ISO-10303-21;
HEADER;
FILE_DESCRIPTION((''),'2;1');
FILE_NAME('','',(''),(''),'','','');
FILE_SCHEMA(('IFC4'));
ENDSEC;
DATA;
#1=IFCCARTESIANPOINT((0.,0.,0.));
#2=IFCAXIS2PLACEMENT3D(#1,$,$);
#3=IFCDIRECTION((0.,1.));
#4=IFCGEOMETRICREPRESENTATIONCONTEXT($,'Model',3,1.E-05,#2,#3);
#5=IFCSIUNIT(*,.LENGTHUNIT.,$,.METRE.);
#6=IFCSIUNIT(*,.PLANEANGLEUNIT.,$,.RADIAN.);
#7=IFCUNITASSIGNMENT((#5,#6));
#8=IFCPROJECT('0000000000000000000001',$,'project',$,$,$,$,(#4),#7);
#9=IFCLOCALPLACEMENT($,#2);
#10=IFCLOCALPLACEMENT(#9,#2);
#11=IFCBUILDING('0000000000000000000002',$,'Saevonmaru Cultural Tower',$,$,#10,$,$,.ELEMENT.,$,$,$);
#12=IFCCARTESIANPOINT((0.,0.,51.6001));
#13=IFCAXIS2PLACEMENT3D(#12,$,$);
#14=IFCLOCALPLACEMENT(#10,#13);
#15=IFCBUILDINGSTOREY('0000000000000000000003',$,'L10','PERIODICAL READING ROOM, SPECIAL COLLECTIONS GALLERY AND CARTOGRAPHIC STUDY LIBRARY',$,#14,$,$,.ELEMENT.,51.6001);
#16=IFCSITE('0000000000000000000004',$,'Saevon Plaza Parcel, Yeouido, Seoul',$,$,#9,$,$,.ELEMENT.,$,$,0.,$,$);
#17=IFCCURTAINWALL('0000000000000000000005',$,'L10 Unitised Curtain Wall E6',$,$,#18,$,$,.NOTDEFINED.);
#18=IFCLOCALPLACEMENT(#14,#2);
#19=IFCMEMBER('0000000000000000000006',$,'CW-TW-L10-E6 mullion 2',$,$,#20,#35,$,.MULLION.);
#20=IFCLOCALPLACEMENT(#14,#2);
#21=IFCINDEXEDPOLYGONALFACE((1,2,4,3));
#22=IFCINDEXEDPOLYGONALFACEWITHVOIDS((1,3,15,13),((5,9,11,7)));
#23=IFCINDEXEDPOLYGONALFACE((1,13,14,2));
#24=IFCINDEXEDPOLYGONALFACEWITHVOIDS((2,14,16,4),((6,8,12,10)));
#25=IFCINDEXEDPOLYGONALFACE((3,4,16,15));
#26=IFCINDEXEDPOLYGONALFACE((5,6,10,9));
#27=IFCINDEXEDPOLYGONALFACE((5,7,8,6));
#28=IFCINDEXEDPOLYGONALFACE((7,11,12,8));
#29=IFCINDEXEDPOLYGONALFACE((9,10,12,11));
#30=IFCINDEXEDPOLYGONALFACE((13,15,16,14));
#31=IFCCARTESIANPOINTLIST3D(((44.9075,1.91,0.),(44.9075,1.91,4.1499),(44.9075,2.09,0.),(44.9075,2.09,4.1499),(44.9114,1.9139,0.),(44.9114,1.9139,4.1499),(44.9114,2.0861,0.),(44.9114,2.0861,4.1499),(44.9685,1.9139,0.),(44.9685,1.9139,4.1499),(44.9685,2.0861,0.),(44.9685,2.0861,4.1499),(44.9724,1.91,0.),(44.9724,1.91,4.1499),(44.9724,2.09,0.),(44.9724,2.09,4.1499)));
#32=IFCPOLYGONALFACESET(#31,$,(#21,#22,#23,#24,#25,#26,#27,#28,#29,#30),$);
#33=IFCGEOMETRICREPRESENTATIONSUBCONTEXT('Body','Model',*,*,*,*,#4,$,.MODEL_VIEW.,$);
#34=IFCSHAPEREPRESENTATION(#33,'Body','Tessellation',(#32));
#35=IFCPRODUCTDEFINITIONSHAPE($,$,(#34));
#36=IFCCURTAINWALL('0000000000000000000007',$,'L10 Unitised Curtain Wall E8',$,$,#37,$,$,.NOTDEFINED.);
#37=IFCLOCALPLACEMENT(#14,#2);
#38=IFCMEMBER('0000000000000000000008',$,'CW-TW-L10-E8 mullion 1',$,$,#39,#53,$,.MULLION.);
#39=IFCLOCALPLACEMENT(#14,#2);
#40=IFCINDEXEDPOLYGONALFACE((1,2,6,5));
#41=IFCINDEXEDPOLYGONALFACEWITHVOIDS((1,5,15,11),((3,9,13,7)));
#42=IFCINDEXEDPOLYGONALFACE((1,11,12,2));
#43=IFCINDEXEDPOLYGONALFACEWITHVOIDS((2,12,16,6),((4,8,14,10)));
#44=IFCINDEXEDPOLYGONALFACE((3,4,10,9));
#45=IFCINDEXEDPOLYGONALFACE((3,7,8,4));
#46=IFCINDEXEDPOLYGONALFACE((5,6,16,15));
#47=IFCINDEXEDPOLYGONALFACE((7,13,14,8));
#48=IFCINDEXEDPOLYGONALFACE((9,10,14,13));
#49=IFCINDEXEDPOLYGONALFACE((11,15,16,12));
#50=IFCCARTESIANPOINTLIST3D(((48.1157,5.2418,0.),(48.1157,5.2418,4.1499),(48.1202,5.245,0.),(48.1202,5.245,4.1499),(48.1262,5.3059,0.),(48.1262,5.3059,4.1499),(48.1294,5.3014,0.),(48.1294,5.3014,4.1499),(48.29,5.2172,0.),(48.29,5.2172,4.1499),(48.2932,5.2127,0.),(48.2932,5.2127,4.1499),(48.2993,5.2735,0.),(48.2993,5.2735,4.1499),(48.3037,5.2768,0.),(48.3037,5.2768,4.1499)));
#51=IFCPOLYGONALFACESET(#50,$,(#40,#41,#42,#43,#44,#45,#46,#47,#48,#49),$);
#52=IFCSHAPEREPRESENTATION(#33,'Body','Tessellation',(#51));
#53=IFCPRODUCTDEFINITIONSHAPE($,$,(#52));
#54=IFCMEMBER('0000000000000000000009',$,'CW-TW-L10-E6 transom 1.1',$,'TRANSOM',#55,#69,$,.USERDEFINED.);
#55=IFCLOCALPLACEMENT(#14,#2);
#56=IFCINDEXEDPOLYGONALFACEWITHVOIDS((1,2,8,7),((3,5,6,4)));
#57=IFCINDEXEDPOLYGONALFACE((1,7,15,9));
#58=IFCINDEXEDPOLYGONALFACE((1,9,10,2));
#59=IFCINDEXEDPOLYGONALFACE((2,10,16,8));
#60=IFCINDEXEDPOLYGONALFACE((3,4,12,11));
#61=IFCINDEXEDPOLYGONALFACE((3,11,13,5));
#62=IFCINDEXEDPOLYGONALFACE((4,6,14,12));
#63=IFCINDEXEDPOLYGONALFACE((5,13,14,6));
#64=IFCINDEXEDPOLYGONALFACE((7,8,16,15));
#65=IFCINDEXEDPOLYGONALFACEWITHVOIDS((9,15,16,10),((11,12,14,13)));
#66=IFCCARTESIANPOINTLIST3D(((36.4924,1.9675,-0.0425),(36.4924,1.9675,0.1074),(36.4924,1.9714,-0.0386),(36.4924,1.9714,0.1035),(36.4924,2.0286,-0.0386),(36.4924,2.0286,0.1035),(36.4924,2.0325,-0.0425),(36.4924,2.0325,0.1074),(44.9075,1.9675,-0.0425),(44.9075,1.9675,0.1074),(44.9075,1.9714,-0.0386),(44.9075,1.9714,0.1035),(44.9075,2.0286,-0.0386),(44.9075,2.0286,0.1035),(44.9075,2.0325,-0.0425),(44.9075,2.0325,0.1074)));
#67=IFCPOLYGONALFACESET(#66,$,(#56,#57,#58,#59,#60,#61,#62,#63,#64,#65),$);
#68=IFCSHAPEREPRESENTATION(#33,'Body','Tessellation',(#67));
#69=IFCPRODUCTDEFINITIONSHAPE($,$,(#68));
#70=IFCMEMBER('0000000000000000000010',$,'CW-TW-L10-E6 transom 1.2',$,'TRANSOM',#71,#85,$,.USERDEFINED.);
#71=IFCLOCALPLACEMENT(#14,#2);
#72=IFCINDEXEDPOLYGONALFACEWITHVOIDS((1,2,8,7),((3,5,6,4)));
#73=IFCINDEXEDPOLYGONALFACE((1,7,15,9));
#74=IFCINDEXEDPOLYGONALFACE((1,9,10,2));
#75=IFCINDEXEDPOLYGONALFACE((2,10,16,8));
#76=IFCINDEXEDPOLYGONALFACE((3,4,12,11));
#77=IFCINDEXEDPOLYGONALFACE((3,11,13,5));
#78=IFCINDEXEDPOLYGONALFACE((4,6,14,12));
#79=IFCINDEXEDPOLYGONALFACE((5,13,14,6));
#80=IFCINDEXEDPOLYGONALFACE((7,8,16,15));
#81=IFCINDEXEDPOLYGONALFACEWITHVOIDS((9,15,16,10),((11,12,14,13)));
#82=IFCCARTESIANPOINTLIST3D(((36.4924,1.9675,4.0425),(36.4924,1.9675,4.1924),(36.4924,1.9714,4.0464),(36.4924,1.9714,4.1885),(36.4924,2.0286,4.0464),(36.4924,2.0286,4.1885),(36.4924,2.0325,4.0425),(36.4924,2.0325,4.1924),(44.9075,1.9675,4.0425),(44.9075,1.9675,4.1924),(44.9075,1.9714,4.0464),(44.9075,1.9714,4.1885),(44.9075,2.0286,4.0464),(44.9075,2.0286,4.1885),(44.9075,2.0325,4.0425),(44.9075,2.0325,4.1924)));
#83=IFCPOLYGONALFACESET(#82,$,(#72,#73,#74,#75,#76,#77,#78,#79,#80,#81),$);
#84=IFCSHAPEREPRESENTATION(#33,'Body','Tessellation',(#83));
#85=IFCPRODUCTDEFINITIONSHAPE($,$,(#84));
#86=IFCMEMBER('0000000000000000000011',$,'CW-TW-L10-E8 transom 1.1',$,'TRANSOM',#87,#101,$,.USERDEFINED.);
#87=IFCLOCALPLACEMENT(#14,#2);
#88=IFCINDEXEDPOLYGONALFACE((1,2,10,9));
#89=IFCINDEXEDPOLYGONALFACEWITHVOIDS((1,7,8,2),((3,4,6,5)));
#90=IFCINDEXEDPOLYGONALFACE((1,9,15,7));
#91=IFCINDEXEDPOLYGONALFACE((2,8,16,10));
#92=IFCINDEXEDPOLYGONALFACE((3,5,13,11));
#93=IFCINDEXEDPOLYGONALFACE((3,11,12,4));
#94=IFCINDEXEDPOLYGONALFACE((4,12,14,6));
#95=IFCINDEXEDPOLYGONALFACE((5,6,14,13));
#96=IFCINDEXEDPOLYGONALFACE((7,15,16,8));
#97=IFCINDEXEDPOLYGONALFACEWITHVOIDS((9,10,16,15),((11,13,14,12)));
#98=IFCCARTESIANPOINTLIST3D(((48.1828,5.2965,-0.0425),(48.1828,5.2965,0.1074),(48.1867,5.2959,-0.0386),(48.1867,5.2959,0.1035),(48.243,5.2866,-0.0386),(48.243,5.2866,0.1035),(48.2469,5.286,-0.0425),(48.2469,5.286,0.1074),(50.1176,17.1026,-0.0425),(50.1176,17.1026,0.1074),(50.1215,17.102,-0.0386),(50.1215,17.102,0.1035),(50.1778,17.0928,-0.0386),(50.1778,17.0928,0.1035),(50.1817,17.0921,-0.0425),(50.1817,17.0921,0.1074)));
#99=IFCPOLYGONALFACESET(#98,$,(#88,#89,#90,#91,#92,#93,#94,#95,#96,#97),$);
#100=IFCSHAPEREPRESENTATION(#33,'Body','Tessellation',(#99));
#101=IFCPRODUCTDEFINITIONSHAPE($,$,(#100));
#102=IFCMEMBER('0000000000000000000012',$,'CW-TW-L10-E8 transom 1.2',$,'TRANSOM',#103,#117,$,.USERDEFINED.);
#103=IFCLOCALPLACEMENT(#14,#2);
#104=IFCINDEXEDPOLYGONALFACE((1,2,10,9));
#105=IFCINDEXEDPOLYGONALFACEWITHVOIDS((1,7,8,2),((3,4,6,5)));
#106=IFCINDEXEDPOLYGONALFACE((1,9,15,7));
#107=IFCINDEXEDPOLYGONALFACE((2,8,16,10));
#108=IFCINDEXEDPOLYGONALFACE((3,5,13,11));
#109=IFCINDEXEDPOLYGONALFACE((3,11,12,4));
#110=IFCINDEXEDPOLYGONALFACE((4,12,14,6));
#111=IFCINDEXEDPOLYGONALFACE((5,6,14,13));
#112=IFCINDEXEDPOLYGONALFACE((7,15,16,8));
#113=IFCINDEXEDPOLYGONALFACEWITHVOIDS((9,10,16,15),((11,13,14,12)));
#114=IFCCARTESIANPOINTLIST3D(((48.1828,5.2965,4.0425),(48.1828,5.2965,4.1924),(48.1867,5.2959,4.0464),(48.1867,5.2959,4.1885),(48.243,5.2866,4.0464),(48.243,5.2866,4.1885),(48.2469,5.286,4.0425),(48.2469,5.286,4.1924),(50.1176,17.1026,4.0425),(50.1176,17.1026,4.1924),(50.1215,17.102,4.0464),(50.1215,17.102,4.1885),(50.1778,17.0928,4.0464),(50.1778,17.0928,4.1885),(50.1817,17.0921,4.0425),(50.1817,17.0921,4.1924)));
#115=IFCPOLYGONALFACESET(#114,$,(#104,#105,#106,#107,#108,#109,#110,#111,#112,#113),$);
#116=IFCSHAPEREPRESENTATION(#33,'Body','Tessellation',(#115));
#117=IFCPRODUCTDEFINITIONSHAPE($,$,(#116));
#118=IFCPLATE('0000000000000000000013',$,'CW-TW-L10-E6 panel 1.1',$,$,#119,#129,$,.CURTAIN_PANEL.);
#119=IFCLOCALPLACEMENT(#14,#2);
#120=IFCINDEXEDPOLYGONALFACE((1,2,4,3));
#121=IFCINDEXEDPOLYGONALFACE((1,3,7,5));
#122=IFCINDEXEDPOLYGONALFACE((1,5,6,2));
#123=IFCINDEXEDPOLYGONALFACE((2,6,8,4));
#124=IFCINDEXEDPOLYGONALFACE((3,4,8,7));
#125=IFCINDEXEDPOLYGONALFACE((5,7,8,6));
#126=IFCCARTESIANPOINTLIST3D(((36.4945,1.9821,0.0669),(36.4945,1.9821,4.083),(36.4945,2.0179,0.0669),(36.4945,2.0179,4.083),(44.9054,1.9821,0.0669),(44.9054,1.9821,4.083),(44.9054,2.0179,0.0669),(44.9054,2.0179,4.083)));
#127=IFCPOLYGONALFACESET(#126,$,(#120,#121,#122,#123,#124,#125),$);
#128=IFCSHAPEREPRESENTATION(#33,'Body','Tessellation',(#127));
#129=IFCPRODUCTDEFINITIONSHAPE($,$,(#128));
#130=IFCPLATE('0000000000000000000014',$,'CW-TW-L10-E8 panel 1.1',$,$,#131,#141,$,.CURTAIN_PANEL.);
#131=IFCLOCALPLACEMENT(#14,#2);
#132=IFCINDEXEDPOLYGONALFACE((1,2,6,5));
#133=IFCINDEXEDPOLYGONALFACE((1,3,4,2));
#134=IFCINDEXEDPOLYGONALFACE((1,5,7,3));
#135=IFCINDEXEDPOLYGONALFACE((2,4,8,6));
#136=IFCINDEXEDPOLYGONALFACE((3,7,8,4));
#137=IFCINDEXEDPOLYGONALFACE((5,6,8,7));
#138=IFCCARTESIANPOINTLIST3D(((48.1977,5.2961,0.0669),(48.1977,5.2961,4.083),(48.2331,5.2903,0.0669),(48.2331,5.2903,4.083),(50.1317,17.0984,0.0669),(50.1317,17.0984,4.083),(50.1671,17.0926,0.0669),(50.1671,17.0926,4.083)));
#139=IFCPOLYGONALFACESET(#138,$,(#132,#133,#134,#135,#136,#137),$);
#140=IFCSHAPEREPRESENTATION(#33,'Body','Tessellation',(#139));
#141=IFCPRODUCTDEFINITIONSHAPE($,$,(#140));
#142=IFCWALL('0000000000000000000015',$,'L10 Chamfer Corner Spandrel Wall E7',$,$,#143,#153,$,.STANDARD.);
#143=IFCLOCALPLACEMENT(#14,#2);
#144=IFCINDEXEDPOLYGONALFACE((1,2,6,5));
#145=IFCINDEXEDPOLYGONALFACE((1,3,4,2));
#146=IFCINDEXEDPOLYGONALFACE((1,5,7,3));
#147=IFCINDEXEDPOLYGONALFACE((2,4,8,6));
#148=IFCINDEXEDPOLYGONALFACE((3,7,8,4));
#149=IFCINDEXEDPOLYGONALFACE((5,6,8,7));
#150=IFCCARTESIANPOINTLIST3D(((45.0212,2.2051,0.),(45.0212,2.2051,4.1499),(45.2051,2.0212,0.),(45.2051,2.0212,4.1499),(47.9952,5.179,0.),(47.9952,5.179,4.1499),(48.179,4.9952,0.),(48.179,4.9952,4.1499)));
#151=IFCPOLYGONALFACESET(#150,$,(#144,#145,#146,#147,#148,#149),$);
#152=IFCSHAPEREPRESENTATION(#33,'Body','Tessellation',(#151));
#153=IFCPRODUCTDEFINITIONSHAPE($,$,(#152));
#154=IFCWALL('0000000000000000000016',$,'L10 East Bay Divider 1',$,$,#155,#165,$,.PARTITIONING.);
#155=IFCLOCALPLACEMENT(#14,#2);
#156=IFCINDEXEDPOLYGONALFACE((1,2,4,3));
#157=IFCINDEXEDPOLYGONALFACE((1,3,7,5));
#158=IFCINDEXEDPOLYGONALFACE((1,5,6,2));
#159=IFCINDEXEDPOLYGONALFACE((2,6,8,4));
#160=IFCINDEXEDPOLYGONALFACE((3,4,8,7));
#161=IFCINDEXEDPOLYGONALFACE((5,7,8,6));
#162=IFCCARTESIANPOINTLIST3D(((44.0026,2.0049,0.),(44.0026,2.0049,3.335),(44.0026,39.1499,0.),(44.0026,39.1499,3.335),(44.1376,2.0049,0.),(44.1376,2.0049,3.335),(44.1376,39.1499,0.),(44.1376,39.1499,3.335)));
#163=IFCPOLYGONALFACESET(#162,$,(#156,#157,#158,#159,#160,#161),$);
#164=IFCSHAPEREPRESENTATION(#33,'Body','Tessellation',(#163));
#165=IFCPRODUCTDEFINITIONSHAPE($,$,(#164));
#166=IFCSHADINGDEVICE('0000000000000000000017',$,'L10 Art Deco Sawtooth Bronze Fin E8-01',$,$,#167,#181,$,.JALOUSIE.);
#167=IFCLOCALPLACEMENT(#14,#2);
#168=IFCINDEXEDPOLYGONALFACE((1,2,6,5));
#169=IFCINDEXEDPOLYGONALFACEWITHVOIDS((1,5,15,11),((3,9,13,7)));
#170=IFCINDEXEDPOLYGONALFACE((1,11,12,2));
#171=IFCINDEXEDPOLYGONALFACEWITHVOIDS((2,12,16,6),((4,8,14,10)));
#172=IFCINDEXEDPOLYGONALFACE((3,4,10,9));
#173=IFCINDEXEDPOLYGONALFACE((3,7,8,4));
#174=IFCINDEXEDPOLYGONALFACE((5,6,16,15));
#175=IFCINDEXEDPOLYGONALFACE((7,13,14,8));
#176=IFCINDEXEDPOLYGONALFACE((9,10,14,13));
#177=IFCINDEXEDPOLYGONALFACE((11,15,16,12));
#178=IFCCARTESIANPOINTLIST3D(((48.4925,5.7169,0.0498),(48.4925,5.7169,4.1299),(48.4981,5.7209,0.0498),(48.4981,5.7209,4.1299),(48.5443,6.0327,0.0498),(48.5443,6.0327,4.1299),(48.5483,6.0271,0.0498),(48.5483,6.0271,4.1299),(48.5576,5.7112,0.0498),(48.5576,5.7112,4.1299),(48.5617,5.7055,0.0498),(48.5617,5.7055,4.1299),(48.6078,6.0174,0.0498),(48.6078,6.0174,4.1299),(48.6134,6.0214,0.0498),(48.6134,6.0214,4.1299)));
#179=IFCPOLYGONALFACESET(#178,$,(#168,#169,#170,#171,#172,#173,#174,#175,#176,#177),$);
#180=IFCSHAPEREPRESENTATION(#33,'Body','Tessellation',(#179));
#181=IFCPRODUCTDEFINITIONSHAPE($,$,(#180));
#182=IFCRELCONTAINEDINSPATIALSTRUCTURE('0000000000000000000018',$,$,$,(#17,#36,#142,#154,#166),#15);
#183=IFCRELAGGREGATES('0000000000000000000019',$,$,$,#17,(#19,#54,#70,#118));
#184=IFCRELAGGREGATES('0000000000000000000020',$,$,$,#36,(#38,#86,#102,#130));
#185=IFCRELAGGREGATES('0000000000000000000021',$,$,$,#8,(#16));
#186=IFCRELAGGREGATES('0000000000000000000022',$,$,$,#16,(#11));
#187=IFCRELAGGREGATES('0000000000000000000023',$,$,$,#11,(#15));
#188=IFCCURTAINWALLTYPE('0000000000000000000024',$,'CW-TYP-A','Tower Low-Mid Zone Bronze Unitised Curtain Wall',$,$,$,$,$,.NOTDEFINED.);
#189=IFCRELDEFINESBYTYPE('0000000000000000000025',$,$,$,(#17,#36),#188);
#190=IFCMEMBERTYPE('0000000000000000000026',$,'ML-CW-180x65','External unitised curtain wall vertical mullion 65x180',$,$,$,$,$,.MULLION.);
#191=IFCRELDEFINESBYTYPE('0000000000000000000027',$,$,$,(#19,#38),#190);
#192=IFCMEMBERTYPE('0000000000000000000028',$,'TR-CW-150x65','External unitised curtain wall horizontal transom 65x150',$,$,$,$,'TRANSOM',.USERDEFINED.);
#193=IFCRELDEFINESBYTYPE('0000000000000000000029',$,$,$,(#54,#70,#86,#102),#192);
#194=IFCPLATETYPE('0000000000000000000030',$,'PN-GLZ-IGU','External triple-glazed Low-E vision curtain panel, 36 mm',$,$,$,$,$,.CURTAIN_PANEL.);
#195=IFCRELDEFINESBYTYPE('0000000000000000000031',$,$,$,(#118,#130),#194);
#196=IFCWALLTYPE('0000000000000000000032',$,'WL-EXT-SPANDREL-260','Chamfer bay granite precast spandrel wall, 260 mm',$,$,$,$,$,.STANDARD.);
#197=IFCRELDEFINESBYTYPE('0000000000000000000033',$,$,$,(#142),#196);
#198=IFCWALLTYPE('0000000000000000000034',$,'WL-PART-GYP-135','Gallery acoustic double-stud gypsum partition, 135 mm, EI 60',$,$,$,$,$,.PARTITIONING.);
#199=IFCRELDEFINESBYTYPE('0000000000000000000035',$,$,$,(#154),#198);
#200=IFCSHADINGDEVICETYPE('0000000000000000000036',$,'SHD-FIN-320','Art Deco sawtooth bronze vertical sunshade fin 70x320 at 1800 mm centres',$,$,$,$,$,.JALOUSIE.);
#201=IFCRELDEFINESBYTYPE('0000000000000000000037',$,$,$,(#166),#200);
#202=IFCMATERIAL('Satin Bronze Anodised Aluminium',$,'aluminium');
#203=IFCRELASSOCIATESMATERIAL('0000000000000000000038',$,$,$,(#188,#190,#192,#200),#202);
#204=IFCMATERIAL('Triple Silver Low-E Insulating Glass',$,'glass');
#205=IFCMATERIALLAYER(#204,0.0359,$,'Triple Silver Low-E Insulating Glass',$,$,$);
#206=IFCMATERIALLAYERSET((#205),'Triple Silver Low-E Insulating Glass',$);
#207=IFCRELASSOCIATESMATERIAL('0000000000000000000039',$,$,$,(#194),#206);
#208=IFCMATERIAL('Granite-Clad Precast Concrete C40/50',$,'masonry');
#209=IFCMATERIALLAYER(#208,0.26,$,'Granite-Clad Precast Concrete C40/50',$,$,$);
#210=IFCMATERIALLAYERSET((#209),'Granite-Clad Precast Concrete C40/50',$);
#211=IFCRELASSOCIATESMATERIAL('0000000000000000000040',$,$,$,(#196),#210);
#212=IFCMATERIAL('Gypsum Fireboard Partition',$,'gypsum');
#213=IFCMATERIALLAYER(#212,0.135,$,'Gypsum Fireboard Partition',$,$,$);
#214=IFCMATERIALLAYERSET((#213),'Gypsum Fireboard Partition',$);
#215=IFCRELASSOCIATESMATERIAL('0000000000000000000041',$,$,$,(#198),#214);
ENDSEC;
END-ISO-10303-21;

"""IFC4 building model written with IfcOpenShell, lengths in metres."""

from ifc_helpers import new_model, si_unit, direction, frame, frame_2d, origin, origin_2d, place, context, subcontext, project, spatial, rectangle, hollow_rectangle, extrude, material, layer, layer_set, material_profile, profile_set, type_object, element, aggregate, save


model = new_model("IFC4")

# Units and contexts
model_context = context("Model", 3, precision=1e-05, world=origin(), true_north=direction((0.0, 1.0)))
body_context = subcontext(model_context, "Body", "Model", "MODEL_VIEW")
ifc_project = project(units=[si_unit("LENGTHUNIT", "METRE"), si_unit("PLANEANGLEUNIT", "RADIAN")], contexts=[model_context])

# Site, building, storey
site_placement = place(None, origin())
site = spatial("IfcSite", under=ifc_project, at=site_placement, Name="Saevon Plaza Parcel, Yeouido, Seoul", CompositionType="ELEMENT", RefElevation=0.0)
building_placement = place(site_placement, origin())
building = spatial("IfcBuilding", under=site, at=building_placement, Name="Saevonmaru Cultural Tower", CompositionType="ELEMENT")
storey_placement = place(building_placement, frame((0.0, 0.0, 51.6001)))
storey = spatial("IfcBuildingStorey", under=building, at=storey_placement, Name="L10", Description="PERIODICAL READING ROOM, SPECIAL COLLECTIONS GALLERY AND CARTOGRAPHIC STUDY LIBRARY", CompositionType="ELEMENT", Elevation=51.6001)

# Curtain walls, members
ifc_material_1 = material(Name="Satin Bronze Anodised Aluminium", Category="aluminium")
curtain_wall_type = type_object("IfcCurtainWallType", Name="CW-TYP-A", Description="Tower Low-Mid Zone Bronze Unitised Curtain Wall", PredefinedType="NOTDEFINED", material=ifc_material_1)
curtain_wall_1_placement = place(storey_placement, origin())
curtain_wall_1 = element("IfcCurtainWall", 1, at=curtain_wall_1_placement, inside=storey, type_object=curtain_wall_type, Name="L10 Unitised Curtain Wall E6", PredefinedType="NOTDEFINED")
ifc_material_profile_1 = material_profile(ifc_material_1, hollow_rectangle(XDim=0.0649, YDim=0.1799, WallThickness=0.0039, at=origin_2d()), Name="ALU-MULL-180x65x4")
ifc_profile_set_1 = profile_set([ifc_material_profile_1], Name="Satin Bronze Anodised Aluminium")
member_type_1 = type_object("IfcMemberType", Name="ML-CW-180x65", Description="External unitised curtain wall vertical mullion 65x180", PredefinedType="MULLION", material=ifc_profile_set_1)
member_1_placement = place(storey_placement, frame((44.9399, 2.0, 0.0), z_axis=(0.0, 0.0, 1.0), x_axis=(1.0, 0.0, 0.0)))
member_1 = element("IfcMember", 2, at=member_1_placement, type_object=member_type_1, Name="CW-TW-L10-E6 mullion 2", PredefinedType="MULLION", context=body_context, shape_type="SweptSolid", body=[
    extrude(hollow_rectangle(XDim=0.0649, YDim=0.1799, WallThickness=0.0039, at=origin_2d()), origin(), (0.0, 0.0, 1.0), 4.1499),
])
curtain_wall_2_placement = place(storey_placement, origin())
curtain_wall_2 = element("IfcCurtainWall", 3, at=curtain_wall_2_placement, inside=storey, type_object=curtain_wall_type, Name="L10 Unitised Curtain Wall E8", PredefinedType="NOTDEFINED")
member_2_placement = place(storey_placement, frame((48.2097, 5.2593, 0.0), z_axis=(0.0, 0.0, 1.0), x_axis=(0.161709, 0.986839, 0.0)))
member_2 = element("IfcMember", 4, at=member_2_placement, type_object=member_type_1, Name="CW-TW-L10-E8 mullion 1", PredefinedType="MULLION", context=body_context, shape_type="SweptSolid", body=[
    extrude(hollow_rectangle(XDim=0.0649, YDim=0.1799, WallThickness=0.0039, at=origin_2d()), origin(), (0.0, 0.0, 1.0), 4.1499),
])

# Members
ifc_material_profile_2 = material_profile(ifc_material_1, hollow_rectangle(XDim=0.0649, YDim=0.1499, WallThickness=0.0039, at=origin_2d()), Name="ALU-TRAN-150x65x4")
ifc_profile_set_2 = profile_set([ifc_material_profile_2], Name="Satin Bronze Anodised Aluminium")
member_type_2 = type_object("IfcMemberType", Name="TR-CW-150x65", Description="External unitised curtain wall horizontal transom 65x150", ElementType="TRANSOM", PredefinedType="USERDEFINED", material=ifc_profile_set_2)
member_3_placement = place(storey_placement, frame((36.4924, 2.0, 0.0325), z_axis=(1.0, 0.0, 0.0), x_axis=(0.0, 1.0, 0.0)))
member_3 = element("IfcMember", 5, at=member_3_placement, type_object=member_type_2, Name="CW-TW-L10-E6 transom 1.1", ObjectType="TRANSOM", PredefinedType="USERDEFINED", context=body_context, shape_type="SweptSolid", body=[
    extrude(hollow_rectangle(XDim=0.0649, YDim=0.1499, WallThickness=0.0039, at=origin_2d()), origin(), (0.0, 0.0, 1.0), 8.415),
])
member_4_placement = place(storey_placement, frame((36.4924, 2.0, 4.1174), z_axis=(1.0, 0.0, 0.0), x_axis=(0.0, 1.0, 0.0)))
member_4 = element("IfcMember", 6, at=member_4_placement, type_object=member_type_2, Name="CW-TW-L10-E6 transom 1.2", ObjectType="TRANSOM", PredefinedType="USERDEFINED", context=body_context, shape_type="SweptSolid", body=[
    extrude(hollow_rectangle(XDim=0.0649, YDim=0.1499, WallThickness=0.0039, at=origin_2d()), origin(), (0.0, 0.0, 1.0), 8.415),
])
member_5_placement = place(storey_placement, frame((48.2148, 5.2913, 0.0325), z_axis=(0.161725, 0.986836, 0.0), x_axis=(-0.986836, 0.161725, 0.0)))
member_5 = element("IfcMember", 7, at=member_5_placement, type_object=member_type_2, Name="CW-TW-L10-E8 transom 1.1", ObjectType="TRANSOM", PredefinedType="USERDEFINED", context=body_context, shape_type="SweptSolid", body=[
    extrude(hollow_rectangle(XDim=0.0649, YDim=0.1499, WallThickness=0.0039, at=origin_2d()), origin(), (0.0, 0.0, 1.0), 11.9636),
])
member_6_placement = place(storey_placement, frame((48.2148, 5.2913, 4.1174), z_axis=(0.161725, 0.986836, 0.0), x_axis=(-0.986836, 0.161725, 0.0)))
member_6 = element("IfcMember", 8, at=member_6_placement, type_object=member_type_2, Name="CW-TW-L10-E8 transom 1.2", ObjectType="TRANSOM", PredefinedType="USERDEFINED", context=body_context, shape_type="SweptSolid", body=[
    extrude(hollow_rectangle(XDim=0.0649, YDim=0.1499, WallThickness=0.0039, at=origin_2d()), origin(), (0.0, 0.0, 1.0), 11.9636),
])

# Plates
ifc_material_2 = material(Name="Triple Silver Low-E Insulating Glass", Category="glass")
ifc_layer_1 = layer(ifc_material_2, 0.0359, Name="Triple Silver Low-E Insulating Glass")
ifc_layer_set_1 = layer_set([ifc_layer_1], Name="Triple Silver Low-E Insulating Glass")
plate_type = type_object("IfcPlateType", Name="PN-GLZ-IGU", Description="External triple-glazed Low-E vision curtain panel, 36 mm", PredefinedType="CURTAIN_PANEL", material=ifc_layer_set_1)
plate_1_placement = place(storey_placement, frame((40.7, 2.0, 0.0669), z_axis=(0.0, 0.0, 1.0), x_axis=(1.0, 0.0, 0.0)))
plate_1 = element("IfcPlate", 9, at=plate_1_placement, type_object=plate_type, Name="CW-TW-L10-E6 panel 1.1", PredefinedType="CURTAIN_PANEL", context=body_context, shape_type="SweptSolid", body=[
    extrude(rectangle(XDim=8.4109, YDim=0.0359, at=origin_2d()), origin(), (0.0, 0.0, 1.0), 4.0161),
])
aggregate(curtain_wall_1, [member_1, member_3, member_4, plate_1])
plate_2_placement = place(storey_placement, frame((49.1824, 11.1943, 0.0669), z_axis=(0.0, 0.0, 1.0), x_axis=(0.161709, 0.986839, 0.0)))
plate_2 = element("IfcPlate", 10, at=plate_2_placement, type_object=plate_type, Name="CW-TW-L10-E8 panel 1.1", PredefinedType="CURTAIN_PANEL", context=body_context, shape_type="SweptSolid", body=[
    extrude(rectangle(XDim=11.9597, YDim=0.0359, at=origin_2d()), origin(), (0.0, 0.0, 1.0), 4.0161),
])
aggregate(curtain_wall_2, [member_2, member_5, member_6, plate_2])

# Walls
ifc_material_3 = material(Name="Granite-Clad Precast Concrete C40/50", Category="masonry")
ifc_layer_2 = layer(ifc_material_3, 0.26, Name="Granite-Clad Precast Concrete C40/50")
ifc_layer_set_2 = layer_set([ifc_layer_2], Name="Granite-Clad Precast Concrete C40/50")
wall_type_1 = type_object("IfcWallType", Name="WL-EXT-SPANDREL-260", Description="Chamfer bay granite precast spandrel wall, 260 mm", PredefinedType="STANDARD", material=ifc_layer_set_2)
wall_1_placement = place(storey_placement, frame((45.113, 2.113, 0.0), z_axis=(0.0, 0.0, 1.0), x_axis=(0.707107, 0.707107, 0.0)))
element("IfcWall", 11, at=wall_1_placement, inside=storey, type_object=wall_type_1, Name="L10 Chamfer Corner Spandrel Wall E7", PredefinedType="STANDARD", context=body_context, shape_type="SweptSolid", body=[
    extrude(rectangle(XDim=4.2058, YDim=0.26, at=frame_2d((2.103, 0.0))), origin(), (0.0, 0.0, 1.0), 4.1499),
])
ifc_material_4 = material(Name="Gypsum Fireboard Partition", Category="gypsum")
ifc_layer_3 = layer(ifc_material_4, 0.135, Name="Gypsum Fireboard Partition")
ifc_layer_set_3 = layer_set([ifc_layer_3], Name="Gypsum Fireboard Partition")
wall_type_2 = type_object("IfcWallType", Name="WL-PART-GYP-135", Description="Gallery acoustic double-stud gypsum partition, 135 mm, EI 60", PredefinedType="PARTITIONING", material=ifc_layer_set_3)
wall_2_placement = place(storey_placement, frame((44.0701, 2.0049, 0.0), z_axis=(0.0, 0.0, 1.0), x_axis=(0.0, 1.0, 0.0)))
element("IfcWall", 12, at=wall_2_placement, inside=storey, type_object=wall_type_2, Name="L10 East Bay Divider 1", PredefinedType="PARTITIONING", context=body_context, shape_type="SweptSolid", body=[
    extrude(rectangle(XDim=37.145, YDim=0.135, at=frame_2d((18.5725, 0.0))), origin(), (0.0, 0.0, 1.0), 3.335),
])

# Shading device
ifc_material_profile_3 = material_profile(ifc_material_1, hollow_rectangle(XDim=0.0701, YDim=0.3201, WallThickness=0.0049, at=origin_2d()), Name="FIN-320x70")
ifc_profile_set_3 = profile_set([ifc_material_profile_3], Name="Satin Bronze Anodised Aluminium")
shading_device_type = type_object("IfcShadingDeviceType", Name="SHD-FIN-320", Description="Art Deco sawtooth bronze vertical sunshade fin 70x320 at 1800 mm centres", PredefinedType="JALOUSIE", material=ifc_profile_set_3)
for number, where, z_axis, x_axis, name in (
    (13, (48.553, 5.8691, 0.0498), (0.0, 0.0, 1.0), (0.986827, -0.161776, 0.0), "L10 Art Deco Sawtooth Bronze Fin E8-01"),
):
    element("IfcShadingDevice", number, at=place(storey_placement, frame(where, z_axis=z_axis, x_axis=x_axis)), inside=storey, type_object=shading_device_type, Name=name, PredefinedType="JALOUSIE", context=body_context, shape_type="SweptSolid", body=[
        extrude(hollow_rectangle(XDim=0.0701, YDim=0.3201, WallThickness=0.0049, at=origin_2d()), origin(), (0.0, 0.0, 1.0), 4.0801),
    ])

save(model, "model.ifc")
